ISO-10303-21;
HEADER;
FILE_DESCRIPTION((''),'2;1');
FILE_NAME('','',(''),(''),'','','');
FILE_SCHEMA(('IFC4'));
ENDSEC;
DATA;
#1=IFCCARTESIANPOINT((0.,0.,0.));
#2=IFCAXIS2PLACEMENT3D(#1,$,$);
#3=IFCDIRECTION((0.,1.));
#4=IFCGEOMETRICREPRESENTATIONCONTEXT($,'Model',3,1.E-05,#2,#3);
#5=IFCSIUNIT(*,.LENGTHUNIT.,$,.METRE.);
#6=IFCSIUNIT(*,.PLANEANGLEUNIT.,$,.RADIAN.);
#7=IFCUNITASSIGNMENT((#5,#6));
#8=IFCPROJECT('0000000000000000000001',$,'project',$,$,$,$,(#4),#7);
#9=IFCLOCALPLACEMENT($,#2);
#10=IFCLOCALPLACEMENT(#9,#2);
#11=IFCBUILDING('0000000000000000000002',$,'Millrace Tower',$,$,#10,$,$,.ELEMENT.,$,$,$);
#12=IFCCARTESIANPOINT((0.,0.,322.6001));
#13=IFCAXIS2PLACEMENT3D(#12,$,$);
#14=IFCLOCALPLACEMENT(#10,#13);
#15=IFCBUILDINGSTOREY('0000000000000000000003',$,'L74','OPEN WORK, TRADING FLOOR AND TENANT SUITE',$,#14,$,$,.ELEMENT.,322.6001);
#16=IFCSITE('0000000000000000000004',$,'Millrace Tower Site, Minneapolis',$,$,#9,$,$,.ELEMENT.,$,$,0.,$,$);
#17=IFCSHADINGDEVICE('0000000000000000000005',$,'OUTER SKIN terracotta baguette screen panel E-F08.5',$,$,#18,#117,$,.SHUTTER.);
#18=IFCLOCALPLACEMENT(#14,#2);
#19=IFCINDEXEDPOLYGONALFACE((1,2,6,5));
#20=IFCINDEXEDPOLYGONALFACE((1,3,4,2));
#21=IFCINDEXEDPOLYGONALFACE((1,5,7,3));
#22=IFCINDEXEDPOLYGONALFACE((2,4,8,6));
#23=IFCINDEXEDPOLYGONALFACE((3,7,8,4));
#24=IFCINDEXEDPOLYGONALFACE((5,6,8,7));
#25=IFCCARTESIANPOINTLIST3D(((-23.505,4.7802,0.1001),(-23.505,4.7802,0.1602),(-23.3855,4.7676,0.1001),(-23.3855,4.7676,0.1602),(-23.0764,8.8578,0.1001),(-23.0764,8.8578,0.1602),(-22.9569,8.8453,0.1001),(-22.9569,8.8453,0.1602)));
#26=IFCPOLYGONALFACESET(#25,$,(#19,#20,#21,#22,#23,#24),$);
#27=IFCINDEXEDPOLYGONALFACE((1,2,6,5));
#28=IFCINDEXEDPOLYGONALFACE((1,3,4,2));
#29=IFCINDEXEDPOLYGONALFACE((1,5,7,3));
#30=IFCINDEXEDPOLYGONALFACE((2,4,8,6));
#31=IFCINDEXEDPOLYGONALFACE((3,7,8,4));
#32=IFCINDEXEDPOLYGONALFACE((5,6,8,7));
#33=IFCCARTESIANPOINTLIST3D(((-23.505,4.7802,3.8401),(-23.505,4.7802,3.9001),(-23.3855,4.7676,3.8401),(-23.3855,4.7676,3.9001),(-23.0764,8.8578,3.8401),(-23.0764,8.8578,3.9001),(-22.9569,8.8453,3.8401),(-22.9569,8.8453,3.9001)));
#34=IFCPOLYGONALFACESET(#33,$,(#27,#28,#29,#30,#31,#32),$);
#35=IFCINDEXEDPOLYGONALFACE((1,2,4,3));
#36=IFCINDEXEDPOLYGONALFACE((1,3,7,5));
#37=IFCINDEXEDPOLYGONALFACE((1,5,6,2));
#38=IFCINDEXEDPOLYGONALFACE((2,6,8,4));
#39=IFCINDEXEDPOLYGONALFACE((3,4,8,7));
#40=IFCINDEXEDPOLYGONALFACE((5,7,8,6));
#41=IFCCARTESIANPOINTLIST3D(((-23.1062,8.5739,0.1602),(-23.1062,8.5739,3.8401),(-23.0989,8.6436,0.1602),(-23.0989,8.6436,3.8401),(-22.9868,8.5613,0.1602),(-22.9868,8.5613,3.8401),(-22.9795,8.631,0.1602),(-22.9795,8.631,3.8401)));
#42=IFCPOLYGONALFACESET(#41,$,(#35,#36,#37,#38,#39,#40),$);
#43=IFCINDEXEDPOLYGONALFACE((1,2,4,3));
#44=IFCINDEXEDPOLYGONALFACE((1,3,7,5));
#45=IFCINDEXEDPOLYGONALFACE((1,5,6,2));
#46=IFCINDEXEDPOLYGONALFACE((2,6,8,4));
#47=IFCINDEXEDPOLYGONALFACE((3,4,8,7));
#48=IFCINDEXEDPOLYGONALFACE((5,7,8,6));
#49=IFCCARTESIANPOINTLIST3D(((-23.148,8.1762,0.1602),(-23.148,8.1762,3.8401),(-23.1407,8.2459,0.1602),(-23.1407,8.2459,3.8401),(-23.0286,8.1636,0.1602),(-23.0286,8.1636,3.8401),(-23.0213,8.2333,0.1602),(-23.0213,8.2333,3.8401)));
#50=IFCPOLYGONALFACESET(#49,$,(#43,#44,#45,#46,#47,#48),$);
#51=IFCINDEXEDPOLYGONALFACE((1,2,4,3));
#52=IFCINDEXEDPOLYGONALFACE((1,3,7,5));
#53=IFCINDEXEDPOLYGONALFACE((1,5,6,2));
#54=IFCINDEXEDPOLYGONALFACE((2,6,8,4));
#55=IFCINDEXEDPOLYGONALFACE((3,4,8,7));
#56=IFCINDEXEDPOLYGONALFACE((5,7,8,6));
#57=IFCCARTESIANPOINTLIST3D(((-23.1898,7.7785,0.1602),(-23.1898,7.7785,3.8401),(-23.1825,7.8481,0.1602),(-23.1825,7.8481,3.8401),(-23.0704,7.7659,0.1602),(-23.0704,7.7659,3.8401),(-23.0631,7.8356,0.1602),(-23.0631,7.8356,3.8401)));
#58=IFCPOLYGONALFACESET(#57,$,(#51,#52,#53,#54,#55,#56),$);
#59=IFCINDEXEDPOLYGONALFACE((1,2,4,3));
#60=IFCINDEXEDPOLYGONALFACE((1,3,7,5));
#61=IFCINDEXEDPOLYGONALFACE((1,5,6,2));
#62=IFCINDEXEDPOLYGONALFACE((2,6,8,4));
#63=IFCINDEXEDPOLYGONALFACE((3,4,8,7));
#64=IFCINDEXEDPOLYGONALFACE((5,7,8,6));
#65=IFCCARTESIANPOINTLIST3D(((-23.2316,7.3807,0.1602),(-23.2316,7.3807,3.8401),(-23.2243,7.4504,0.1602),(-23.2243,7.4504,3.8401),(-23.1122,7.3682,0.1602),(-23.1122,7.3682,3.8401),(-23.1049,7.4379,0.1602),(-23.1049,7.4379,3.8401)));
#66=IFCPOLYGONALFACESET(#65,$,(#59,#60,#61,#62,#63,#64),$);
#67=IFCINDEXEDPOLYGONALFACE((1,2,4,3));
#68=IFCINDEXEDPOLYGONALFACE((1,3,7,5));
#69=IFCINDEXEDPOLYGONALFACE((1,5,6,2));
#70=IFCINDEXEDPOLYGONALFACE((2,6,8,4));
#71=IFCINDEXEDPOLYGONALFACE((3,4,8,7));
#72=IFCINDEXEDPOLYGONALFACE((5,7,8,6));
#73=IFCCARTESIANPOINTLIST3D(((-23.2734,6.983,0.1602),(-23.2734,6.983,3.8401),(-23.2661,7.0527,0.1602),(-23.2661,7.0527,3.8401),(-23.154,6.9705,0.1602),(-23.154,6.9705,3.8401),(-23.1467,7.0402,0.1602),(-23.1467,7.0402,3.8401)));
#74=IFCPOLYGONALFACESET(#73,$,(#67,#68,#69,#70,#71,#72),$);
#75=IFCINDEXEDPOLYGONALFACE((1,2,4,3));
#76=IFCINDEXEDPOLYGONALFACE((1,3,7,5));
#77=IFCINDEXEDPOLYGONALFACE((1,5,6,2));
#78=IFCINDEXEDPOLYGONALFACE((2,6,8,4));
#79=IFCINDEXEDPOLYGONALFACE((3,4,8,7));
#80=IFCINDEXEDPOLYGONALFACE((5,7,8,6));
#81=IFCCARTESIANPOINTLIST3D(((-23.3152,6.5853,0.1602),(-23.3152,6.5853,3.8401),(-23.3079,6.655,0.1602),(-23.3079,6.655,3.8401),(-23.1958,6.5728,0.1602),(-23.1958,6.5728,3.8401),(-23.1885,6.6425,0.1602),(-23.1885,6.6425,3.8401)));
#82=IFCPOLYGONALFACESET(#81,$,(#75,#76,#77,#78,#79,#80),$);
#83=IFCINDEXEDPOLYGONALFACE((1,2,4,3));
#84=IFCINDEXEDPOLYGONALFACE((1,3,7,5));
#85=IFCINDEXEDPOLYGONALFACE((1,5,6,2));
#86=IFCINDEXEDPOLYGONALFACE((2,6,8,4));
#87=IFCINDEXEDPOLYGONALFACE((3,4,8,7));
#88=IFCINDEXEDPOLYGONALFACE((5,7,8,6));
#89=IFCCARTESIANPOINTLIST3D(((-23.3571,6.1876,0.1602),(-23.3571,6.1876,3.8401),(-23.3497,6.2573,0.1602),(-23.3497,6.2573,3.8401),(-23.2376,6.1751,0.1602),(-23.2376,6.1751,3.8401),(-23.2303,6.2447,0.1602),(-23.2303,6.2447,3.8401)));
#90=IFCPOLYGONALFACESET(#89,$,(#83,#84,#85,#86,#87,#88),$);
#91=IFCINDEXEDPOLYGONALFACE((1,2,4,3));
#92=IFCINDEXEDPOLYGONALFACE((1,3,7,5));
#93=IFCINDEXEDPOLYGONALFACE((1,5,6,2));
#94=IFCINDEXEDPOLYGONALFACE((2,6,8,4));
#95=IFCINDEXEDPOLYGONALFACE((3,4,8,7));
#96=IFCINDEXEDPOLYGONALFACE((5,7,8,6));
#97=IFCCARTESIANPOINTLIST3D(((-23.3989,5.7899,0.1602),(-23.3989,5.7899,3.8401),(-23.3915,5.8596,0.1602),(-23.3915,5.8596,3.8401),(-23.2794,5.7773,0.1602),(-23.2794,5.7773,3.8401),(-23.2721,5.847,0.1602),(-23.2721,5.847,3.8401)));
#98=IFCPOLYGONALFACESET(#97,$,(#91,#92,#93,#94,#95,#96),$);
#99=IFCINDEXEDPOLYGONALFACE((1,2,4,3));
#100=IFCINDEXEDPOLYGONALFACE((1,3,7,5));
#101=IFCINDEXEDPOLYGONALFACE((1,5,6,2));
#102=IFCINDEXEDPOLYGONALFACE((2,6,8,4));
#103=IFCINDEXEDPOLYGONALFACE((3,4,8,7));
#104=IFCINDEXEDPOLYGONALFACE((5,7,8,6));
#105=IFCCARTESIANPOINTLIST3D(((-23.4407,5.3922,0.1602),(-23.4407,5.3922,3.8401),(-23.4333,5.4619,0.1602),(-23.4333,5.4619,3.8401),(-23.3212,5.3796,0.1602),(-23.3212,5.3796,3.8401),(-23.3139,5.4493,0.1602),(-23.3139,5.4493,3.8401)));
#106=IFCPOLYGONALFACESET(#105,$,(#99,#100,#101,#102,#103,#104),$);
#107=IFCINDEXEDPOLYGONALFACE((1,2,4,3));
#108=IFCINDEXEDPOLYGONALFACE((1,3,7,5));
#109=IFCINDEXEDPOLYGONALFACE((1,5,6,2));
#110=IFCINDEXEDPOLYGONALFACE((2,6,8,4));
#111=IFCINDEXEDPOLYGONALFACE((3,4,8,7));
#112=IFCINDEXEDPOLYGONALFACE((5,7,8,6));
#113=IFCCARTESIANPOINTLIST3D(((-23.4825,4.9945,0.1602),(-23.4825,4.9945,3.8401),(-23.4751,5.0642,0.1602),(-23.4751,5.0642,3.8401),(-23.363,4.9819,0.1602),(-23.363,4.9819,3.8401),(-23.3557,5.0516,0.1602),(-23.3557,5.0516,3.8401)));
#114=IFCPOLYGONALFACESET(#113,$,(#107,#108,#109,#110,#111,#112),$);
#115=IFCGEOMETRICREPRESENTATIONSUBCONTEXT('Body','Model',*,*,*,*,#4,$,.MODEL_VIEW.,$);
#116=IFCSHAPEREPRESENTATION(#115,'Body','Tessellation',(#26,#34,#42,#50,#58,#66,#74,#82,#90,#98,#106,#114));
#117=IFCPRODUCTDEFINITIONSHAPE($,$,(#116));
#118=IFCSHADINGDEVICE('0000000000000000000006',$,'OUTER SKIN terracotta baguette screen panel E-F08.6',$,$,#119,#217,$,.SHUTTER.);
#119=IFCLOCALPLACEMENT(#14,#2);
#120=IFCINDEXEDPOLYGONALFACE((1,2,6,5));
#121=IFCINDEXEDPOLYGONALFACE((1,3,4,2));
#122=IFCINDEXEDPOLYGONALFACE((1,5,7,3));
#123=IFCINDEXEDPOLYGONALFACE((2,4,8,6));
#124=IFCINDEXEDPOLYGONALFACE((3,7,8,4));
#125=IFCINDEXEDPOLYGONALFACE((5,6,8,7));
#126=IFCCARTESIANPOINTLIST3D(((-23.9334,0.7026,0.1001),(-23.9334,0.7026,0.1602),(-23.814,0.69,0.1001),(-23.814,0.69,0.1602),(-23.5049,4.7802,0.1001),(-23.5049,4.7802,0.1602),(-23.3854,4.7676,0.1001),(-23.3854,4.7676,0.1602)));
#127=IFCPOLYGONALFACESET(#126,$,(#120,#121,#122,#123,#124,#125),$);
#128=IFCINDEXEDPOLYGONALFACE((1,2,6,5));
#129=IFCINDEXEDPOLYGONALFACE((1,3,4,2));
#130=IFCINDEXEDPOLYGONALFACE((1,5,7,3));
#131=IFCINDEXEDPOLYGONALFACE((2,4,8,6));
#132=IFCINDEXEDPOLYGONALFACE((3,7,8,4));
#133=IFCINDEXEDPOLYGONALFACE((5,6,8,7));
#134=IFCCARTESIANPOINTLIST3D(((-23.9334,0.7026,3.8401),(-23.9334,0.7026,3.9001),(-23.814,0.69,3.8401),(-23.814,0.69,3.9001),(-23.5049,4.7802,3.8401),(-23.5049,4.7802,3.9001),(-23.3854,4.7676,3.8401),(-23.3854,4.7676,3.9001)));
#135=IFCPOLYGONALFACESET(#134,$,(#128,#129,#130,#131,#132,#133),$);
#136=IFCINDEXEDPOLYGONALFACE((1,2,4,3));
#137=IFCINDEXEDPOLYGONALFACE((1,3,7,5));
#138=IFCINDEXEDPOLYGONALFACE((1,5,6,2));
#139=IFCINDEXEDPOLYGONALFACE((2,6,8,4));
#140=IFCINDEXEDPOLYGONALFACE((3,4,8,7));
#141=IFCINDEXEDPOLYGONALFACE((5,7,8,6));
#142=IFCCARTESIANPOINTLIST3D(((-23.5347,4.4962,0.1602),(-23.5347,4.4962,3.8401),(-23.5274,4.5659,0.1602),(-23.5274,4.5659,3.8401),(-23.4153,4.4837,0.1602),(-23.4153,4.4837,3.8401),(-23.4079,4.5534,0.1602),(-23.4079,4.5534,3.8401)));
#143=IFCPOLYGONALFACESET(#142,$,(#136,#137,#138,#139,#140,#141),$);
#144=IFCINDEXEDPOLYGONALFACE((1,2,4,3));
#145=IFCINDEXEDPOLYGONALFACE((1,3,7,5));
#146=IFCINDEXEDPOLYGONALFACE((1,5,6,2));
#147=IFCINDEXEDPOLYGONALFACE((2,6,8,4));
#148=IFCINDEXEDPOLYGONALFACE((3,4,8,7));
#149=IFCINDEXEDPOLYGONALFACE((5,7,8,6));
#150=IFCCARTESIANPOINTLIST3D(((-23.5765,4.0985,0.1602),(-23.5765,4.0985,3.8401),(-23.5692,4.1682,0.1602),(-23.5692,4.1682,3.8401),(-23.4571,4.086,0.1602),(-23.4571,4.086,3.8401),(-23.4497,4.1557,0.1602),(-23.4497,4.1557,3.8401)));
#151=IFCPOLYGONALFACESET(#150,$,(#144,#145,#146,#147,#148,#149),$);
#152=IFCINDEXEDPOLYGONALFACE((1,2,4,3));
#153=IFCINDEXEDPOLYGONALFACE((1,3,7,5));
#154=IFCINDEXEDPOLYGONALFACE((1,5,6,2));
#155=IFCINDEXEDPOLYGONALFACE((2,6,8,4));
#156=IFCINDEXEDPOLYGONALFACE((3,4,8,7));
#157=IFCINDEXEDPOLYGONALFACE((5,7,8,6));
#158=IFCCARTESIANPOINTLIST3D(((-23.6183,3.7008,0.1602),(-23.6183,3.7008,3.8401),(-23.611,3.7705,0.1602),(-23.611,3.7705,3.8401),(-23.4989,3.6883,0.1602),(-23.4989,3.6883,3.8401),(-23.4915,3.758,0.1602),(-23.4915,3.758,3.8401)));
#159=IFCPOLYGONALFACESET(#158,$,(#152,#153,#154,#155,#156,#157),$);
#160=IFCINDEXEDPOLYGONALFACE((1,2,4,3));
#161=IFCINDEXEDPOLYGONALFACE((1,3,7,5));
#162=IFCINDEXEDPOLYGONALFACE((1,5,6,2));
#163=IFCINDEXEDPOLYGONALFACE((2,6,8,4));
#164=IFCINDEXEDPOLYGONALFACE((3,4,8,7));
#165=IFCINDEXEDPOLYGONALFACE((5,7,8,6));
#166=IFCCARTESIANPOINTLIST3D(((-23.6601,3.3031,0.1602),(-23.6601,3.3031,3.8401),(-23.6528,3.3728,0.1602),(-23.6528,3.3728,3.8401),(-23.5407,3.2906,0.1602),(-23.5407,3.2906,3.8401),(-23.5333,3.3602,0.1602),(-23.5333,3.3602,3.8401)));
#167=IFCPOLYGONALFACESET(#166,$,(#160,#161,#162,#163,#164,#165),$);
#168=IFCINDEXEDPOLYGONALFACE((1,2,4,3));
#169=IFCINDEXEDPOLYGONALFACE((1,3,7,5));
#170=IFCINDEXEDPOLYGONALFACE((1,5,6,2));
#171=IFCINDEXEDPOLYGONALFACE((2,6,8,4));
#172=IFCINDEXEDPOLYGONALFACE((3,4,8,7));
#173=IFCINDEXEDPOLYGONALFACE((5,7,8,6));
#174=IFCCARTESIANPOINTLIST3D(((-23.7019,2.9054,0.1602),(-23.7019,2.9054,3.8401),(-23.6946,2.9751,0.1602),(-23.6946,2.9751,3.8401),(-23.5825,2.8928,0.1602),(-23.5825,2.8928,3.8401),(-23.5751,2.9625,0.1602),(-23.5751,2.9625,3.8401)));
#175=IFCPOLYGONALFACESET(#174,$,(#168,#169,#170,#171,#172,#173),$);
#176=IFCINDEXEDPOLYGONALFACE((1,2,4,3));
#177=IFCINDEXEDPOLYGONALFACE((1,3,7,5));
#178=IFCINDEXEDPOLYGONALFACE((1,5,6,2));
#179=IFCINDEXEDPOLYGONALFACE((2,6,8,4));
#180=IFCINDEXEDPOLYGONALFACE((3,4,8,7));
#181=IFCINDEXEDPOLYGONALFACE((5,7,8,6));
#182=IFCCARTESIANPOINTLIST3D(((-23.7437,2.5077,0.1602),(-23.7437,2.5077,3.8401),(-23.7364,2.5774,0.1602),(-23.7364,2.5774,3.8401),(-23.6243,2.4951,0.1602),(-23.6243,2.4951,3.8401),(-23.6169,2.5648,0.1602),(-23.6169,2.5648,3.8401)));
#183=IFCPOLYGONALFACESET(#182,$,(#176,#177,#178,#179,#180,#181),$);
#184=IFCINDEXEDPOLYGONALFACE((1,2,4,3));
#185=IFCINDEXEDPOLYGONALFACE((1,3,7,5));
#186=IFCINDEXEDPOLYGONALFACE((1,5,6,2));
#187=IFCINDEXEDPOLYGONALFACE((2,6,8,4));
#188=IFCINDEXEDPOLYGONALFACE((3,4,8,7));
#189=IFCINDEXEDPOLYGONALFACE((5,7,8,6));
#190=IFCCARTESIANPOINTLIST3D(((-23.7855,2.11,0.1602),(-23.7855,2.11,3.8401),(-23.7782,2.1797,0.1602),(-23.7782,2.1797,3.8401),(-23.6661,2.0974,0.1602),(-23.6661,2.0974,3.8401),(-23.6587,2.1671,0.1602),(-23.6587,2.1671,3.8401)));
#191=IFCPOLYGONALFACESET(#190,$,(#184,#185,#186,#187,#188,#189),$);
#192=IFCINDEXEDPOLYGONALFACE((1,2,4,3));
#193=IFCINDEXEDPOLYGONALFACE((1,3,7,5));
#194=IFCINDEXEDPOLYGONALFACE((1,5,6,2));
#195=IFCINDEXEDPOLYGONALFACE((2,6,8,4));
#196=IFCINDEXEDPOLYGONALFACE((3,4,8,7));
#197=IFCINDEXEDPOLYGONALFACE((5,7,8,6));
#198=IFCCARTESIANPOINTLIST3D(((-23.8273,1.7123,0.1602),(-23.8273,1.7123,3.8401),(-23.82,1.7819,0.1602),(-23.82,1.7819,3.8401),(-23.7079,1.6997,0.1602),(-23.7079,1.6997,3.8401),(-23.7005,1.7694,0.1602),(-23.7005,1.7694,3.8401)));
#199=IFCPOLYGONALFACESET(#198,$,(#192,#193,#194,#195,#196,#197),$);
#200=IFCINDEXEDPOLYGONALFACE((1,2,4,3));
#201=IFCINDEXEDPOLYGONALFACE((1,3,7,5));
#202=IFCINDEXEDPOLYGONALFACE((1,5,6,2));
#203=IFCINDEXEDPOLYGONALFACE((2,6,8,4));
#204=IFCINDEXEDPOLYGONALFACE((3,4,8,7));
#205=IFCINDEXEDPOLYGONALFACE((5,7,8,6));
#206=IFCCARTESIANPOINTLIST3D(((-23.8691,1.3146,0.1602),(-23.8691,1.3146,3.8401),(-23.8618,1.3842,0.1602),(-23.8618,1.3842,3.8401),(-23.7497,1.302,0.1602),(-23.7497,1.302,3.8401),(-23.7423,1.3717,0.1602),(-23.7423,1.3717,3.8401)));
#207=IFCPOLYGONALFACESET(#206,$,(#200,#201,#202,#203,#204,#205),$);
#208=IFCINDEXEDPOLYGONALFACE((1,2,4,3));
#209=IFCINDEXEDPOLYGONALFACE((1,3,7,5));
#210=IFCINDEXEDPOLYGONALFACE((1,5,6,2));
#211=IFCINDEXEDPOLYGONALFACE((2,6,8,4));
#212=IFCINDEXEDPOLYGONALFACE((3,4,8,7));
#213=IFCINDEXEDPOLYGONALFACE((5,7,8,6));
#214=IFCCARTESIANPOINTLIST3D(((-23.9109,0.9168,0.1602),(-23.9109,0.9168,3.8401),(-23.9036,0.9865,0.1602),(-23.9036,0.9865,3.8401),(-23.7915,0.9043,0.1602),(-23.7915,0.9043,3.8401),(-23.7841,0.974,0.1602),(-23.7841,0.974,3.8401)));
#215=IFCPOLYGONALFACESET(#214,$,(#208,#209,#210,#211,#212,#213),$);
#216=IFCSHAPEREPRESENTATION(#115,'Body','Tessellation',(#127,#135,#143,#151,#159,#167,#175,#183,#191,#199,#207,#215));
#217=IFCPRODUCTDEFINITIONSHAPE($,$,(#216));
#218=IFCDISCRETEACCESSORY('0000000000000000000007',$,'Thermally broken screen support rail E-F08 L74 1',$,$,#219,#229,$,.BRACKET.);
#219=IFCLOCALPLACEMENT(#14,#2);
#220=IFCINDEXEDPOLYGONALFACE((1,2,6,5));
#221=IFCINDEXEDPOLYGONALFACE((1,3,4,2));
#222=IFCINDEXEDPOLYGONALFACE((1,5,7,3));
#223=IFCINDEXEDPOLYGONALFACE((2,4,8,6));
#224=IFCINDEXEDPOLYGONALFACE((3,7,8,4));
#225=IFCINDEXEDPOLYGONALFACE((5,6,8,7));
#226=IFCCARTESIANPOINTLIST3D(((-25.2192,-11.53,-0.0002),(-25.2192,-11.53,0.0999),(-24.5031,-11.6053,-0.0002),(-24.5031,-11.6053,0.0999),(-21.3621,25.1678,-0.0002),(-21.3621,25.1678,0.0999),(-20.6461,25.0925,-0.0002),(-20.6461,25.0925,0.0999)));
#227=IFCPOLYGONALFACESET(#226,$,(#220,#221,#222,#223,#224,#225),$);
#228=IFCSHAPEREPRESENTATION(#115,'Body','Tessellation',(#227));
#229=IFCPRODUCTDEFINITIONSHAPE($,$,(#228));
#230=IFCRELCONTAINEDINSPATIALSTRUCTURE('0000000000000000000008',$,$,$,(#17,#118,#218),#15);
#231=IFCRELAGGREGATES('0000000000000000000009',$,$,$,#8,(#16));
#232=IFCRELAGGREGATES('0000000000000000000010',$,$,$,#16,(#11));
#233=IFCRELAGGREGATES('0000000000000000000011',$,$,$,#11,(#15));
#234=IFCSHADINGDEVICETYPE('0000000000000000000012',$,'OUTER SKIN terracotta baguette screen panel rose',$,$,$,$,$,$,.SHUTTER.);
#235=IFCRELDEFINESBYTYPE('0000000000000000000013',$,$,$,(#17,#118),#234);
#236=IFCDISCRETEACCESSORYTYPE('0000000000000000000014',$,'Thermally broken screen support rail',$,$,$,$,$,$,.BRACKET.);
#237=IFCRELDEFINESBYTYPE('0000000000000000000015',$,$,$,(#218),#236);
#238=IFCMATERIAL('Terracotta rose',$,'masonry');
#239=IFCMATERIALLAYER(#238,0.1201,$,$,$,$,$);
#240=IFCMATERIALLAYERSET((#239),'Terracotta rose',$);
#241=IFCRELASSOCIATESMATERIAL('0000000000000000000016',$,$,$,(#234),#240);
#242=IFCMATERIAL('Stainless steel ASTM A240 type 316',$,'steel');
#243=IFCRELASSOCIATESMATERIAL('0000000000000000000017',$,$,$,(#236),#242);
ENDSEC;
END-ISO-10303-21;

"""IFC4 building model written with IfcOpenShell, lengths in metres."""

from ifc_helpers import new_model, entity, si_unit, direction, frame, frame_2d, origin, origin_2d, place, context, subcontext, project, spatial, rectangle, extrude, source, transform, mapped, material, layer, layer_set, type_object, element, save


model = new_model("IFC4")

# Units and contexts
model_context = context("Model", 3, precision=1e-05, world=origin(), true_north=direction((0.0, 1.0)))
body_context = subcontext(model_context, "Body", "Model", "MODEL_VIEW")
ifc_project = project(units=[si_unit("LENGTHUNIT", "METRE"), si_unit("PLANEANGLEUNIT", "RADIAN")], contexts=[model_context])

# Site, building, storey
site_placement = place(None, origin())
site = spatial("IfcSite", under=ifc_project, at=site_placement, Name="Millrace Tower Site, Minneapolis", CompositionType="ELEMENT", RefElevation=0.0)
building_placement = place(site_placement, origin())
building = spatial("IfcBuilding", under=site, at=building_placement, Name="Millrace Tower", CompositionType="ELEMENT")
storey_placement = place(building_placement, frame((0.0, 0.0, 322.6001)))
storey = spatial("IfcBuildingStorey", under=building, at=storey_placement, Name="L74", Description="OPEN WORK, TRADING FLOOR AND TENANT SUITE", CompositionType="ELEMENT", Elevation=322.6001)

# Shading devices
ifc_material_1 = material(Name="Terracotta rose", Category="masonry")
ifc_layer_1 = layer(ifc_material_1, 0.1201)
ifc_layer_set_1 = layer_set([ifc_layer_1], Name="Terracotta rose")
shading_device_type = type_object("IfcShadingDeviceType", Name="OUTER SKIN terracotta baguette screen panel rose", PredefinedType="SHUTTER", material=ifc_layer_set_1)
cartesian_point = entity("IfcCartesianPoint", [-2.05, 0.0601])
shared_polyline = entity("IfcPolyline", [cartesian_point, entity("IfcCartesianPoint", [2.05, 0.0601]), entity("IfcCartesianPoint", [2.05, -0.0601]), entity("IfcCartesianPoint", [-2.05, -0.0601]), cartesian_point])
shared_shape = source(origin(), body_context, "Body", "SweptSolid", [
    entity("IfcExtrudedAreaSolid", entity("IfcArbitraryClosedProfileDef", "AREA", None, shared_polyline), entity("IfcAxis2Placement3D", entity("IfcCartesianPoint", [0.0, 0.0, 0.0])), entity("IfcDirection", [0.0, 0.0, 1.0]), 0.0601),
    entity("IfcExtrudedAreaSolid", entity("IfcArbitraryClosedProfileDef", "AREA", None, shared_polyline), entity("IfcAxis2Placement3D", entity("IfcCartesianPoint", [0.0, 0.0, 3.74])), entity("IfcDirection", [0.0, 0.0, 1.0]), 0.0601),
    extrude(rectangle(XDim=0.0701, YDim=0.1201, at=frame_2d((-1.7996, 0.0))), frame((0.0, 0.0, 0.0601)), (0.0, 0.0, 1.0), 3.6799),
    extrude(rectangle(XDim=0.0701, YDim=0.1201, at=frame_2d((-1.3997, 0.0))), frame((0.0, 0.0, 0.0601)), (0.0, 0.0, 1.0), 3.6799),
    extrude(rectangle(XDim=0.0701, YDim=0.1201, at=frame_2d((-0.9998, 0.0))), frame((0.0, 0.0, 0.0601)), (0.0, 0.0, 1.0), 3.6799),
    extrude(rectangle(XDim=0.0701, YDim=0.1201, at=frame_2d((-0.5999, 0.0))), frame((0.0, 0.0, 0.0601)), (0.0, 0.0, 1.0), 3.6799),
    extrude(rectangle(XDim=0.0701, YDim=0.1201, at=frame_2d((-0.2, 0.0))), frame((0.0, 0.0, 0.0601)), (0.0, 0.0, 1.0), 3.6799),
    extrude(rectangle(XDim=0.0701, YDim=0.1201, at=frame_2d((0.2, 0.0))), frame((0.0, 0.0, 0.0601)), (0.0, 0.0, 1.0), 3.6799),
    extrude(rectangle(XDim=0.0701, YDim=0.1201, at=frame_2d((0.5999, 0.0))), frame((0.0, 0.0, 0.0601)), (0.0, 0.0, 1.0), 3.6799),
    extrude(rectangle(XDim=0.0701, YDim=0.1201, at=frame_2d((0.9998, 0.0))), frame((0.0, 0.0, 0.0601)), (0.0, 0.0, 1.0), 3.6799),
    extrude(rectangle(XDim=0.0701, YDim=0.1201, at=frame_2d((1.3997, 0.0))), frame((0.0, 0.0, 0.0601)), (0.0, 0.0, 1.0), 3.6799),
    extrude(rectangle(XDim=0.0701, YDim=0.1201, at=frame_2d((1.7996, 0.0))), frame((0.0, 0.0, 0.0601)), (0.0, 0.0, 1.0), 3.6799),
])
for number, where, z_axis, x_axis, name in (
    (1, (-23.231, 6.8127, 0.1001), (0.0, 0.0, 1.0), (-0.104528, -0.994522, 0.0), "OUTER SKIN terracotta baguette screen panel E-F08.5"),
    (2, (-23.6594, 2.7351, 0.1001), (0.0, 0.0, 1.0), (-0.104528, -0.994522, 0.0), "OUTER SKIN terracotta baguette screen panel E-F08.6"),
):
    element("IfcShadingDevice", number, at=place(storey_placement, frame(where, z_axis=z_axis, x_axis=x_axis)), inside=storey, type_object=shading_device_type, Name=name, PredefinedType="SHUTTER", context=body_context, shape_type="MappedRepresentation", body=[
        mapped(shared_shape, transform((0.0, 0.0, 0.0), scale=1.0)),
    ])

# Discrete accessory
ifc_material_2 = material(Name="Stainless steel ASTM A240 type 316", Category="steel")
discrete_accessory_type = type_object("IfcDiscreteAccessoryType", Name="Thermally broken screen support rail", PredefinedType="BRACKET", material=ifc_material_2)
discrete_accessory_placement = place(storey_placement, frame((-22.9326, 6.7812, -0.0002), z_axis=(0.0, 0.0, 1.0), x_axis=(-0.104528, -0.994522, 0.0)))
element("IfcDiscreteAccessory", 3, at=discrete_accessory_placement, inside=storey, type_object=discrete_accessory_type, Name="Thermally broken screen support rail E-F08 L74 1", PredefinedType="BRACKET", context=body_context, shape_type="SweptSolid", body=[
    extrude(rectangle(XDim=36.8999, YDim=0.72, at=origin_2d()), origin(), (0.0, 0.0, 1.0), 0.1001),
])

save(model, "model.ifc")
